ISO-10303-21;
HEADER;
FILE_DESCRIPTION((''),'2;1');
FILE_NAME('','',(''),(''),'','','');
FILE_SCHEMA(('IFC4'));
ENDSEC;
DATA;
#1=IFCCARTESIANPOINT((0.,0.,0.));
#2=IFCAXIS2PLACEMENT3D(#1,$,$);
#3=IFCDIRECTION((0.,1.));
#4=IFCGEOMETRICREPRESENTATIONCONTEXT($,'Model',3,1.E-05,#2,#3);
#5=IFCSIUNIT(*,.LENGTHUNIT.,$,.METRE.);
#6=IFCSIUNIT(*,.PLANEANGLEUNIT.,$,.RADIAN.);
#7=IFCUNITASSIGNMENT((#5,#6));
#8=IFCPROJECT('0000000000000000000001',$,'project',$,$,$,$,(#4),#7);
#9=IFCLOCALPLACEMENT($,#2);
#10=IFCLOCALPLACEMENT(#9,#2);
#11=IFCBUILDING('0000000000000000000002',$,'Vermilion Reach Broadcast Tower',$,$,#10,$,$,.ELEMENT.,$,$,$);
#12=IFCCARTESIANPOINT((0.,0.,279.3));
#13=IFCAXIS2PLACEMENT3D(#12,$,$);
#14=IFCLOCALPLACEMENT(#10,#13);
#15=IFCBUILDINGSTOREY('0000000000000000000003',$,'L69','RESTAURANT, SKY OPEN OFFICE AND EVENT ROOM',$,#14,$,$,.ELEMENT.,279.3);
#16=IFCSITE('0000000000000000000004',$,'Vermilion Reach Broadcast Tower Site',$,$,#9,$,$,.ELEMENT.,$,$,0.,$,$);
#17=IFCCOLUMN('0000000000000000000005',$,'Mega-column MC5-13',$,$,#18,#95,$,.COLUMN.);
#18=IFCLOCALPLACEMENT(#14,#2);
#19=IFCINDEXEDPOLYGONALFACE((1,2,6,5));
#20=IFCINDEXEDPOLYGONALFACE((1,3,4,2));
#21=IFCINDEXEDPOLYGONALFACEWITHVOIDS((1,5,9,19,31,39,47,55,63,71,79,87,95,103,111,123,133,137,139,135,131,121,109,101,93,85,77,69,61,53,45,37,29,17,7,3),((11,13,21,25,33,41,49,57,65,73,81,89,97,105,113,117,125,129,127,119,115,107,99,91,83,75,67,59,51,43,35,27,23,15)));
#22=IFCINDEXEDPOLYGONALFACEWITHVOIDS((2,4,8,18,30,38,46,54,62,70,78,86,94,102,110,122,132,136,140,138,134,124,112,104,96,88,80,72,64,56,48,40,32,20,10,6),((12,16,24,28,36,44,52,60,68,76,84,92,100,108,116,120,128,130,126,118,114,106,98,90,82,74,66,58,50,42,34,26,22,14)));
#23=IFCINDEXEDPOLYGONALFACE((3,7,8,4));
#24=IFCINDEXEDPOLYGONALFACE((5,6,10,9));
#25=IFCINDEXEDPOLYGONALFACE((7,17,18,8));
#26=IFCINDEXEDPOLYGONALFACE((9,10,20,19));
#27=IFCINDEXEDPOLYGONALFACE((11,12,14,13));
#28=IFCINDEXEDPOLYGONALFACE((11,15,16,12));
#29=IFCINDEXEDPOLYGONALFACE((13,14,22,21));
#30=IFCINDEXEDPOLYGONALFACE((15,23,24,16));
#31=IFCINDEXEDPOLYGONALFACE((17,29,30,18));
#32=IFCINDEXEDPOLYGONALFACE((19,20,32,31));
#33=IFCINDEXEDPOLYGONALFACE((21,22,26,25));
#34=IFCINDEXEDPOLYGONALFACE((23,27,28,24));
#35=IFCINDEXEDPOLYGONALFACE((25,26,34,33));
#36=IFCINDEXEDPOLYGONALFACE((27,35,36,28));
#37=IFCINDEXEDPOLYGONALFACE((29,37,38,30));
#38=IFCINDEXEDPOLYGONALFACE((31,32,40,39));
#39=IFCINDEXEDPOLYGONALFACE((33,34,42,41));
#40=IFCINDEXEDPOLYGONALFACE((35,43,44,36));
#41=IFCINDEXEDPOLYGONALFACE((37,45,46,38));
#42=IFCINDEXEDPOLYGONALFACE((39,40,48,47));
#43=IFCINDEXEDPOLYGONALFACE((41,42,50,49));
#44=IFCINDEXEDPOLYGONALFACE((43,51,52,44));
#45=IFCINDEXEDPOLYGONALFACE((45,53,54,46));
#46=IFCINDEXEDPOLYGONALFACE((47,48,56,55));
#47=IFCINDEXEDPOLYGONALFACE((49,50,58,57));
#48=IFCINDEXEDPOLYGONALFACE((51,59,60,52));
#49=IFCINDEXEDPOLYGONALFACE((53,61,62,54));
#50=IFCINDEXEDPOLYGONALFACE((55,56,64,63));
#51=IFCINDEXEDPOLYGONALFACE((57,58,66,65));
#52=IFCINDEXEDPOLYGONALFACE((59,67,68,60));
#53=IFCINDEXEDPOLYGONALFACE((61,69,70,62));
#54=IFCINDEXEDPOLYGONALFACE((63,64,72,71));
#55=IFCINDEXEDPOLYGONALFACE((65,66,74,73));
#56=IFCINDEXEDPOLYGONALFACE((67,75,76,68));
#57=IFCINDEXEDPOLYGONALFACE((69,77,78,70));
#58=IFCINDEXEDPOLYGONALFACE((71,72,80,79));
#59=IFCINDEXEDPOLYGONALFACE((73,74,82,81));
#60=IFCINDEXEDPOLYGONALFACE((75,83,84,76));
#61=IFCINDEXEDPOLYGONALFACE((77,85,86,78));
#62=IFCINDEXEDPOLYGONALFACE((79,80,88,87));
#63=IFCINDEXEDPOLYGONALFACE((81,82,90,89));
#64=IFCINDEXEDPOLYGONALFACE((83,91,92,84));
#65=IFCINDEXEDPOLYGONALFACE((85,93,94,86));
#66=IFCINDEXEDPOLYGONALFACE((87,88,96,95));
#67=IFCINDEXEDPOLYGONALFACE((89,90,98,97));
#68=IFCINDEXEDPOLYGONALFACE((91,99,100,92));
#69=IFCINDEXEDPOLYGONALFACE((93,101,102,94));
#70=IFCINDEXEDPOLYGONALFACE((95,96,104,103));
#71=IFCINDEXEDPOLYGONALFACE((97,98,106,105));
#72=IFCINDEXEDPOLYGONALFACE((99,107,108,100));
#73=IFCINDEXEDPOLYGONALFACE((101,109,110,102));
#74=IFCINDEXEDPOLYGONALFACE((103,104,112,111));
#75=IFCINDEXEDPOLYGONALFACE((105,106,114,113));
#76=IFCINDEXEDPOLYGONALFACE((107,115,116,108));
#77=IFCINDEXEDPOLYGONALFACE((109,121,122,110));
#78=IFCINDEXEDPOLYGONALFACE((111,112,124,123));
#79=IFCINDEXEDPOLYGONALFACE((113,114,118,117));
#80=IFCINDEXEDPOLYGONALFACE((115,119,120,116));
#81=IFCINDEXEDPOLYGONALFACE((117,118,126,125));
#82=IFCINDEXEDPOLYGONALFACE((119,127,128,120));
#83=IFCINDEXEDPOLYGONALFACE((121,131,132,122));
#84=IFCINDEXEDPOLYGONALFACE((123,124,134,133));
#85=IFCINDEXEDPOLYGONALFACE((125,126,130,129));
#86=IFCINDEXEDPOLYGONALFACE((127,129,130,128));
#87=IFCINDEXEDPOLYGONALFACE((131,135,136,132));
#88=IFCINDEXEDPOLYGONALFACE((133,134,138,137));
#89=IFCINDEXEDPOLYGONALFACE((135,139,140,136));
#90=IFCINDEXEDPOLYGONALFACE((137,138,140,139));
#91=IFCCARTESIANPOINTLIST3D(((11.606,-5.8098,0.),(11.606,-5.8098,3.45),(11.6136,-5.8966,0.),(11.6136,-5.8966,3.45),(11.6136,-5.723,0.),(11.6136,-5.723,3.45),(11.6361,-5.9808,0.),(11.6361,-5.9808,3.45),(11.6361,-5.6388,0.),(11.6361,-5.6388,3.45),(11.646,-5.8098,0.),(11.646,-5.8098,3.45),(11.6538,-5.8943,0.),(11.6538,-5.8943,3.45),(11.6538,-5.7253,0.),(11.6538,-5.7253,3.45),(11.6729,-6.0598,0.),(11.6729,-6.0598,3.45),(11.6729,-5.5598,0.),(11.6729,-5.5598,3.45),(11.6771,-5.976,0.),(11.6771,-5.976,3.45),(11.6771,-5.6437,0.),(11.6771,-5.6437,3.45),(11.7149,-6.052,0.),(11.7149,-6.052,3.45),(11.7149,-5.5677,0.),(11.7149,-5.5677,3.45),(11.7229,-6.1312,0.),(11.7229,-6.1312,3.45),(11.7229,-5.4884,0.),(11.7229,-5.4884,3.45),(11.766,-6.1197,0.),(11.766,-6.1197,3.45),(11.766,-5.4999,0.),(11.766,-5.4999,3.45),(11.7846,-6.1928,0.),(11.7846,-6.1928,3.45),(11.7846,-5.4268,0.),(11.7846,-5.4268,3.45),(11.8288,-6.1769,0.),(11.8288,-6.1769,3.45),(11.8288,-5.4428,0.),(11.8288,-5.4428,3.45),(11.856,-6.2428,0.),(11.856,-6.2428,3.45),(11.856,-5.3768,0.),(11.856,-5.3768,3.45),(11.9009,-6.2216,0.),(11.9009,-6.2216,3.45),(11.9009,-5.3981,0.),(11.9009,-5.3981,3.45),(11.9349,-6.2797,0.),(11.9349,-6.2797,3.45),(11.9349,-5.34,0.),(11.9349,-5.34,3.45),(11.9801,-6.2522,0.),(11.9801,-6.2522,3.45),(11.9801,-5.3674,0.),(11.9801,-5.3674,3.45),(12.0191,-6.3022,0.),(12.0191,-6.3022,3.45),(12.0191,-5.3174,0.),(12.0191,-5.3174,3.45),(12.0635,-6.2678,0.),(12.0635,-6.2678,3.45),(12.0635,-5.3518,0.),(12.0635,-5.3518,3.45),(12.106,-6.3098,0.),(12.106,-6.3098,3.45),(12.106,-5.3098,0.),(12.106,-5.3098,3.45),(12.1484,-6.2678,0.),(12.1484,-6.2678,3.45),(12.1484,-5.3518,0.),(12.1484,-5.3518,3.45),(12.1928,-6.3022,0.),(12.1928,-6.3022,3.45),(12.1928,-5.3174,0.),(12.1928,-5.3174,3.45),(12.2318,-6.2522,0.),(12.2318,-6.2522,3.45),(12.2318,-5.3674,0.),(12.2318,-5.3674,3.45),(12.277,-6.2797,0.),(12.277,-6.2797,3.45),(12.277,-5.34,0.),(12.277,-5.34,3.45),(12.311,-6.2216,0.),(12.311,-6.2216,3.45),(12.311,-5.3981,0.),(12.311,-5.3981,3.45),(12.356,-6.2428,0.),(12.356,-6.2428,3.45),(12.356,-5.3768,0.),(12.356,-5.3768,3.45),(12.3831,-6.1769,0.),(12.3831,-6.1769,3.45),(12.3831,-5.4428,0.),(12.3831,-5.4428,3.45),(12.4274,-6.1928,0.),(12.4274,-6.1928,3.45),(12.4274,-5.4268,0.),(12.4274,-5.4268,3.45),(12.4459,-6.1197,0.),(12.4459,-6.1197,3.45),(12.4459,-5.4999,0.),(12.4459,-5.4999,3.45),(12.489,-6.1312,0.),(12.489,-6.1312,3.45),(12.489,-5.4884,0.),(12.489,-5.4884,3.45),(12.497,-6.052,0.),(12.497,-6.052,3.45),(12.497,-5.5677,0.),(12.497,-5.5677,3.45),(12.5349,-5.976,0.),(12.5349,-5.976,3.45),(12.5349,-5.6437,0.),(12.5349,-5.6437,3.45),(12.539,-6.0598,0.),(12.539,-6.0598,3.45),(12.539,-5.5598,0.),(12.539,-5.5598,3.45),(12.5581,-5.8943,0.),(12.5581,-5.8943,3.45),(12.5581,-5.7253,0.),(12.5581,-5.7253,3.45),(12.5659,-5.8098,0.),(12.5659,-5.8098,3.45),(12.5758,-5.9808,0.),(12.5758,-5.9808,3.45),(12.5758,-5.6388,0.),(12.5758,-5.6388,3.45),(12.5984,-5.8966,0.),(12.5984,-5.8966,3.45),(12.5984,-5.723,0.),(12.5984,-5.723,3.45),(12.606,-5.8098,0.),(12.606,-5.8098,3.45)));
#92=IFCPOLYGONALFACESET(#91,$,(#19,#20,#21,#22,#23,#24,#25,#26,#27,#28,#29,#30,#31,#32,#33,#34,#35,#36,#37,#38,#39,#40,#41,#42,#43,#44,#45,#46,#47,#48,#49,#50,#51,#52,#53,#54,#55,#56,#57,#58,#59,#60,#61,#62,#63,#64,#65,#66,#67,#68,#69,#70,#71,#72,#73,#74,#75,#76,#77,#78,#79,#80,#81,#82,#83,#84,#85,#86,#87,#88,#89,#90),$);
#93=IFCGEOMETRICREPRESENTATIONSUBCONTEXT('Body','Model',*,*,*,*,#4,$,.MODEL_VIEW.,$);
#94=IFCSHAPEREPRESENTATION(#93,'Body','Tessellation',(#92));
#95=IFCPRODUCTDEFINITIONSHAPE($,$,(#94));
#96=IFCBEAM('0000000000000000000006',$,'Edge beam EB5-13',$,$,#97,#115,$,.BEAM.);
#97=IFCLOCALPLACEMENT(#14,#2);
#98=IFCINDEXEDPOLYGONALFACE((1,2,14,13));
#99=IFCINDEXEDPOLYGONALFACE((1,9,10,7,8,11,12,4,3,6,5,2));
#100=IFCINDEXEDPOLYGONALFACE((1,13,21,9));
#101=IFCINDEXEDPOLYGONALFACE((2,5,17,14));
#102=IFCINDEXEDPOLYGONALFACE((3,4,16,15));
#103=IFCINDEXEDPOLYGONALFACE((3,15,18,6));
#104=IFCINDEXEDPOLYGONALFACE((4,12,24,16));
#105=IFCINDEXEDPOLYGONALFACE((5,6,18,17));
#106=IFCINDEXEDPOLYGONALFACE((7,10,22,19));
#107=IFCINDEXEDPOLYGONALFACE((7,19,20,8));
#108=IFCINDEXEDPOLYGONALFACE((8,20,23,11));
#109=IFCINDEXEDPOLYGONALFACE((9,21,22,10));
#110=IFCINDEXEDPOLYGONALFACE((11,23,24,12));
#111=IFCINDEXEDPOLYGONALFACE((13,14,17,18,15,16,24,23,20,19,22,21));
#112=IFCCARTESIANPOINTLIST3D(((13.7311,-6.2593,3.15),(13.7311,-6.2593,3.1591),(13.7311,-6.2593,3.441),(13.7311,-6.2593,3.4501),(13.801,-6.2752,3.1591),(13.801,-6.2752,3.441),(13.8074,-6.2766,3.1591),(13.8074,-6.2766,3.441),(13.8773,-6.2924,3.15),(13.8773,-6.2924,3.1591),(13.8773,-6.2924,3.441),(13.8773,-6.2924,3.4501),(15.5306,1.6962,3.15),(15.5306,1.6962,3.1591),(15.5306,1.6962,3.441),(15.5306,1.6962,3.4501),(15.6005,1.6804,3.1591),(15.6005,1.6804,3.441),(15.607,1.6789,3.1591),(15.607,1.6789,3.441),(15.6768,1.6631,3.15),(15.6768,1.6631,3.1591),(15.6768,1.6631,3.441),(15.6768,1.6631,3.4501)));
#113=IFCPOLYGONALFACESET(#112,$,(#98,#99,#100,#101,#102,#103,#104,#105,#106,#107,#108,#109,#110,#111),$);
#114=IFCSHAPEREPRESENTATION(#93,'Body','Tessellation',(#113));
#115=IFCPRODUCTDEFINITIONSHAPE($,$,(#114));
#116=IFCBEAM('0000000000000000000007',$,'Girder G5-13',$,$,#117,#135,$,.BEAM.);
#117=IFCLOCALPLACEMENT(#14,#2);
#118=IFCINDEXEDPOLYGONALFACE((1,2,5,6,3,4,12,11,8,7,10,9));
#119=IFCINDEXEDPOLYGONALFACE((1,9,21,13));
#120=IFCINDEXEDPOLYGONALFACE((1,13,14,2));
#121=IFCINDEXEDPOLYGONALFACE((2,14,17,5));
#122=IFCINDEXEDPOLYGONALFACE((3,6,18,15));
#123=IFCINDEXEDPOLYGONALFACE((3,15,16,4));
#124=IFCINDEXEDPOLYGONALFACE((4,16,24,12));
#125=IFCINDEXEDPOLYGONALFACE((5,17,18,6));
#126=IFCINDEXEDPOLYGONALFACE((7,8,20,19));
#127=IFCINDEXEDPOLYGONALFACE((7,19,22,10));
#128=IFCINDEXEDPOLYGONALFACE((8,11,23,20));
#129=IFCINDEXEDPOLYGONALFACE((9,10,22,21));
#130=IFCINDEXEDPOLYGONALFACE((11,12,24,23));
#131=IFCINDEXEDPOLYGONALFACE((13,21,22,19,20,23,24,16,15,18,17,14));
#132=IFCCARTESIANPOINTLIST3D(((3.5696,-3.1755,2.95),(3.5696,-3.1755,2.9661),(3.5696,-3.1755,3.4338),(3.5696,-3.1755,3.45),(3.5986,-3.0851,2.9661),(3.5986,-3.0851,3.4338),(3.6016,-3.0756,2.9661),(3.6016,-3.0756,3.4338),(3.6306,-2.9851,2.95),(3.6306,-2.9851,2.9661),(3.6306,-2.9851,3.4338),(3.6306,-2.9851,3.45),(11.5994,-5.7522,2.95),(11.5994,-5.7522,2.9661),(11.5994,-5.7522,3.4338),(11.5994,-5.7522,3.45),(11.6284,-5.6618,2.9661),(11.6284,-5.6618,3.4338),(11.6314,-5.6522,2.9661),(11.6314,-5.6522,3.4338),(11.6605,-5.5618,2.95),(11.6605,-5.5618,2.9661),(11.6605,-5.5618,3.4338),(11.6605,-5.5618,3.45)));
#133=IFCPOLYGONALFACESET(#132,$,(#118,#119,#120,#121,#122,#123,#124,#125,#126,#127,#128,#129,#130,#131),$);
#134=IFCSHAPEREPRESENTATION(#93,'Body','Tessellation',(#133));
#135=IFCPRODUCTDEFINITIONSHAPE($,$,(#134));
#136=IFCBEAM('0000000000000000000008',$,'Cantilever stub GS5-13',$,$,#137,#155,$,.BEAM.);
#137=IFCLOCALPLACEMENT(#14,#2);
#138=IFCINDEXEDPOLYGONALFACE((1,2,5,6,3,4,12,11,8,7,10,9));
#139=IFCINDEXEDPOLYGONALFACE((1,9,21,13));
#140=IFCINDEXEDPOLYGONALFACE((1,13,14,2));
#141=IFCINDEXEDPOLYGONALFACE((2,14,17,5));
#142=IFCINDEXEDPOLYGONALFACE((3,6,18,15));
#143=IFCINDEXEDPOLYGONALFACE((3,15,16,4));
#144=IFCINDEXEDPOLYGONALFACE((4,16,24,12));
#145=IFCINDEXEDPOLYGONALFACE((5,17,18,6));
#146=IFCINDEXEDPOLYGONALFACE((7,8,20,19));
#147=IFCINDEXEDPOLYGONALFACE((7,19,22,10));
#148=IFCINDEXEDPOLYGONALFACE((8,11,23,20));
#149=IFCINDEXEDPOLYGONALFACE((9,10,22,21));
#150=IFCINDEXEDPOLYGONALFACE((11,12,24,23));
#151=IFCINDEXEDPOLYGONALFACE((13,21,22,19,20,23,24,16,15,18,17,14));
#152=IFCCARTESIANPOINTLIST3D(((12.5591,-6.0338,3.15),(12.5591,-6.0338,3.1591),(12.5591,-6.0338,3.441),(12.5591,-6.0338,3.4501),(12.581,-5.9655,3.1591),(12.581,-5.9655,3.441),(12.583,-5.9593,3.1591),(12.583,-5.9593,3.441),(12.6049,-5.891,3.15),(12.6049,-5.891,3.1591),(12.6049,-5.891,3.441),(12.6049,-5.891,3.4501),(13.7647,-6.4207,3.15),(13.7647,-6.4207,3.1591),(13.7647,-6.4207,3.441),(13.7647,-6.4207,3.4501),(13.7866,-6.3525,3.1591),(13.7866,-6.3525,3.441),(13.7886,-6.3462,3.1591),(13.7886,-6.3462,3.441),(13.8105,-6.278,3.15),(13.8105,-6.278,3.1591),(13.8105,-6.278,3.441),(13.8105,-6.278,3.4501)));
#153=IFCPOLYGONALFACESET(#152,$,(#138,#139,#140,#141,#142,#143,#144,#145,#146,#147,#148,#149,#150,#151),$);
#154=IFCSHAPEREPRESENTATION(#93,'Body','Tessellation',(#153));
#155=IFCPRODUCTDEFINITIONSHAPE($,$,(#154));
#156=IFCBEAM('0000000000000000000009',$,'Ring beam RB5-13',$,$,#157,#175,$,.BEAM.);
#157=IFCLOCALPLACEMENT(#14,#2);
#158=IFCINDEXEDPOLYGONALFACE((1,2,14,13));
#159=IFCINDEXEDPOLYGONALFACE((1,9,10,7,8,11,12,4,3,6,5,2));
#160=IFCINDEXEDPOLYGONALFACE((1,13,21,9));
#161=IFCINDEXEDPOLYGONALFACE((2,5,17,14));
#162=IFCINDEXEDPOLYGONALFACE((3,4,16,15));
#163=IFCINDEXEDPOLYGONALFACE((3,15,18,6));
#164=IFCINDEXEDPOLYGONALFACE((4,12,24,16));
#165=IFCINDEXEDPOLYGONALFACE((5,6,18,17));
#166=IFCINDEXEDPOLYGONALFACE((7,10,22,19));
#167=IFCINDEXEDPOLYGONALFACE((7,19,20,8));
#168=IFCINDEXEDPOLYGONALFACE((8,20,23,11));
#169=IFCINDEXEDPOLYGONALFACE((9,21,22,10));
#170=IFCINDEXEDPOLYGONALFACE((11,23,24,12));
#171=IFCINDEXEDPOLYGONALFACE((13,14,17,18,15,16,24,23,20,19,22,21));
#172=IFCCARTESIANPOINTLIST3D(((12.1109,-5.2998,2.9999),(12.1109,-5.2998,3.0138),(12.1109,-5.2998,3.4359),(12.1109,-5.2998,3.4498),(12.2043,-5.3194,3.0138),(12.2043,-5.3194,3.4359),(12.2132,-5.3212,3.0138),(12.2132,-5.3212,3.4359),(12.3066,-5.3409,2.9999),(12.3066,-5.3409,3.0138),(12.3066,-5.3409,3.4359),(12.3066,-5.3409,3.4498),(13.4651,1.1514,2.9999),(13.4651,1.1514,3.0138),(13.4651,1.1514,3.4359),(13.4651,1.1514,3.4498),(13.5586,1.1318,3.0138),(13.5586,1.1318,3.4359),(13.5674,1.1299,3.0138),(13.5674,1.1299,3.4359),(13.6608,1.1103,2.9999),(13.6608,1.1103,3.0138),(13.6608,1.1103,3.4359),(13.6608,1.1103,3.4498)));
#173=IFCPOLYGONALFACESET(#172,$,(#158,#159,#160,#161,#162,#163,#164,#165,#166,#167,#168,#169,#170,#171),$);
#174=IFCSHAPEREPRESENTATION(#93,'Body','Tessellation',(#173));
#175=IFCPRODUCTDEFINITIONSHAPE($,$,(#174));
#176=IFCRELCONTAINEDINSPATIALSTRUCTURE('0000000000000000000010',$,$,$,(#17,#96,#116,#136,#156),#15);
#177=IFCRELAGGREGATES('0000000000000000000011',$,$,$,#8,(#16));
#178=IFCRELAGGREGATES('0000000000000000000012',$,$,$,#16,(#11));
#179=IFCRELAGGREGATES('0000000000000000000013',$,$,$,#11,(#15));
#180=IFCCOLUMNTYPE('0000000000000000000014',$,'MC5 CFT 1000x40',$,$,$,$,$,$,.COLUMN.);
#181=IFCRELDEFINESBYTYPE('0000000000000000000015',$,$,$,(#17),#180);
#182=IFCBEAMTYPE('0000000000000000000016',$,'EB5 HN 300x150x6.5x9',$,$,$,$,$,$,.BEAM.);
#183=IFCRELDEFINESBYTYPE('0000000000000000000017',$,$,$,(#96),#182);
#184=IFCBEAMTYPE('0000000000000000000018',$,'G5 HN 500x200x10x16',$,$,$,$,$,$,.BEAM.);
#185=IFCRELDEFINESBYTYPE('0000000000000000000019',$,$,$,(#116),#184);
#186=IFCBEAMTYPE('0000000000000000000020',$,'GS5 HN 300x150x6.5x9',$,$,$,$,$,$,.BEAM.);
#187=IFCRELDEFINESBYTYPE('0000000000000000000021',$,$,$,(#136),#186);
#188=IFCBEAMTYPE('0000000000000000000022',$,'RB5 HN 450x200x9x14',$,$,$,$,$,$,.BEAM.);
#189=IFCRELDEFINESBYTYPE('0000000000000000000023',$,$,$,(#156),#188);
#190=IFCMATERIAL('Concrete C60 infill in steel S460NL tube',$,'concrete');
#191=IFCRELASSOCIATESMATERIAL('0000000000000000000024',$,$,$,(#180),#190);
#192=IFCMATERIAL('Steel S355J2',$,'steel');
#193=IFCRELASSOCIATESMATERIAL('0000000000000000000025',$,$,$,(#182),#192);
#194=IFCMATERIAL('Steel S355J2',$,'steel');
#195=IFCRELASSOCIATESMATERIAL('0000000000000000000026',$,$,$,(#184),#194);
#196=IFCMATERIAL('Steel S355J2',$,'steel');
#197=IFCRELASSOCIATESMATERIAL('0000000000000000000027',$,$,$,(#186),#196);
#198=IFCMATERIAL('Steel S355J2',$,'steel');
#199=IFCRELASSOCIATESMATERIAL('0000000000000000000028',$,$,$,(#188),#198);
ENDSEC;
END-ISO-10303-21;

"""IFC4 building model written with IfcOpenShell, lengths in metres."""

from ifc_helpers import new_model, si_unit, direction, frame, origin, origin_2d, place, context, subcontext, project, spatial, hollow_circle, i_section, extrude, material, material_profile, profile_set, type_object, element, save


model = new_model("IFC4")

# Units and contexts
model_context = context("Model", 3, precision=1e-05, world=origin(), true_north=direction((0.0, 1.0)))
body_context = subcontext(model_context, "Body", "Model", "MODEL_VIEW")
ifc_project = project(units=[si_unit("LENGTHUNIT", "METRE"), si_unit("PLANEANGLEUNIT", "RADIAN")], contexts=[model_context])

# Site, building, storey
site_placement = place(None, origin())
site = spatial("IfcSite", under=ifc_project, at=site_placement, Name="Vermilion Reach Broadcast Tower Site", CompositionType="ELEMENT", RefElevation=0.0)
building_placement = place(site_placement, origin())
building = spatial("IfcBuilding", under=site, at=building_placement, Name="Vermilion Reach Broadcast Tower", CompositionType="ELEMENT")
storey_placement = place(building_placement, frame((0.0, 0.0, 279.3)))
storey = spatial("IfcBuildingStorey", under=building, at=storey_placement, Name="L69", Description="RESTAURANT, SKY OPEN OFFICE AND EVENT ROOM", CompositionType="ELEMENT", Elevation=279.3)

# Column
ifc_material_1 = material(Name="Concrete C60 infill in steel S460NL tube", Category="concrete")
ifc_material_profile_1 = material_profile(ifc_material_1, hollow_circle(Radius=0.5, WallThickness=0.04, at=origin_2d()), Name="Concrete C60 infill in steel S460NL tube CFT 1000x40")
ifc_profile_set_1 = profile_set([ifc_material_profile_1], Name="Concrete C60 infill in steel S460NL tube")
column_type = type_object("IfcColumnType", Name="MC5 CFT 1000x40", PredefinedType="COLUMN", material=ifc_profile_set_1)
column_placement = place(storey_placement, frame((12.106, -5.8098, 0.0), z_axis=(0.0, 0.0, 1.0), x_axis=(1.0, 0.0, 0.0)))
element("IfcColumn", 1, at=column_placement, inside=storey, type_object=column_type, Name="Mega-column MC5-13", PredefinedType="COLUMN", context=body_context, shape_type="SweptSolid", body=[
    extrude(hollow_circle(Radius=0.5, WallThickness=0.04, at=origin_2d()), origin(), (0.0, 0.0, 1.0), 3.45),
])

# Beams
ifc_material_2 = material(Name="Steel S355J2", Category="steel")
ifc_material_profile_2 = material_profile(ifc_material_2, i_section(OverallWidth=0.1499, OverallDepth=0.3, WebThickness=0.0066, FlangeThickness=0.009, at=origin_2d()), Name="S355J2 HN 300x150x6.5x9")
ifc_profile_set_2 = profile_set([ifc_material_profile_2], Name="Steel S355J2")
beam_type_1 = type_object("IfcBeamType", Name="EB5 HN 300x150x6.5x9", PredefinedType="BEAM", material=ifc_profile_set_2)
beam_1_placement = place(storey_placement, frame((13.8042, -6.2759, 3.3), z_axis=(0.220627, 0.975358, 0.0), x_axis=(-0.975358, 0.220627, 0.0)))
element("IfcBeam", 2, at=beam_1_placement, inside=storey, type_object=beam_type_1, Name="Edge beam EB5-13", PredefinedType="BEAM", context=body_context, shape_type="SweptSolid", body=[
    extrude(i_section(OverallWidth=0.1499, OverallDepth=0.3, WebThickness=0.0066, FlangeThickness=0.009, at=origin_2d()), origin(), (0.0, 0.0, 1.0), 8.1565),
])
ifc_material_3 = material(Name="Steel S355J2", Category="steel")
ifc_material_profile_3 = material_profile(ifc_material_3, i_section(OverallWidth=0.2, OverallDepth=0.5, WebThickness=0.01, FlangeThickness=0.0161, at=origin_2d()), Name="S355J2 HN 500x200x10x16")
ifc_profile_set_3 = profile_set([ifc_material_profile_3], Name="Steel S355J2")
beam_type_2 = type_object("IfcBeamType", Name="G5 HN 500x200x10x16", PredefinedType="BEAM", material=ifc_profile_set_3)
beam_2_placement = place(storey_placement, frame((3.6001, -3.0803, 3.2), z_axis=(0.952178, -0.305542, 0.0), x_axis=(0.305542, 0.952178, 0.0)))
element("IfcBeam", 3, at=beam_2_placement, inside=storey, type_object=beam_type_2, Name="Girder G5-13", PredefinedType="BEAM", context=body_context, shape_type="SweptSolid", body=[
    extrude(i_section(OverallWidth=0.2, OverallDepth=0.5, WebThickness=0.01, FlangeThickness=0.0161, at=origin_2d()), origin(), (0.0, 0.0, 1.0), 8.4331),
])
ifc_material_4 = material(Name="Steel S355J2", Category="steel")
ifc_material_profile_4 = material_profile(ifc_material_4, i_section(OverallWidth=0.1499, OverallDepth=0.3, WebThickness=0.0066, FlangeThickness=0.009, at=origin_2d()), Name="S355J2 HN 300x150x6.5x9")
ifc_profile_set_4 = profile_set([ifc_material_profile_4], Name="Steel S355J2")
beam_type_3 = type_object("IfcBeamType", Name="GS5 HN 300x150x6.5x9", PredefinedType="BEAM", material=ifc_profile_set_4)
beam_3_placement = place(storey_placement, frame((12.582, -5.9624, 3.3), z_axis=(0.952153, -0.305622, 0.0), x_axis=(0.305622, 0.952153, 0.0)))
element("IfcBeam", 4, at=beam_3_placement, inside=storey, type_object=beam_type_3, Name="Cantilever stub GS5-13", PredefinedType="BEAM", context=body_context, shape_type="SweptSolid", body=[
    extrude(i_section(OverallWidth=0.1499, OverallDepth=0.3, WebThickness=0.0066, FlangeThickness=0.009, at=origin_2d()), origin(), (0.0, 0.0, 1.0), 1.2661),
])
ifc_material_5 = material(Name="Steel S355J2", Category="steel")
ifc_material_profile_5 = material_profile(ifc_material_5, i_section(OverallWidth=0.2, OverallDepth=0.45, WebThickness=0.009, FlangeThickness=0.0139, at=origin_2d()), Name="S355J2 HN 450x200x9x14")
ifc_profile_set_5 = profile_set([ifc_material_profile_5], Name="Steel S355J2")
beam_type_4 = type_object("IfcBeamType", Name="RB5 HN 450x200x9x14", PredefinedType="BEAM", material=ifc_profile_set_5)
beam_4_placement = place(storey_placement, frame((12.2087, -5.3203, 3.2249), z_axis=(0.205445, 0.978669, 0.0), x_axis=(-0.978669, 0.205445, 0.0)))
element("IfcBeam", 5, at=beam_4_placement, inside=storey, type_object=beam_type_4, Name="Ring beam RB5-13", PredefinedType="BEAM", context=body_context, shape_type="SweptSolid", body=[
    extrude(i_section(OverallWidth=0.2, OverallDepth=0.45, WebThickness=0.009, FlangeThickness=0.0139, at=origin_2d()), origin(), (0.0, 0.0, 1.0), 6.5918),
])

save(model, "model.ifc")
